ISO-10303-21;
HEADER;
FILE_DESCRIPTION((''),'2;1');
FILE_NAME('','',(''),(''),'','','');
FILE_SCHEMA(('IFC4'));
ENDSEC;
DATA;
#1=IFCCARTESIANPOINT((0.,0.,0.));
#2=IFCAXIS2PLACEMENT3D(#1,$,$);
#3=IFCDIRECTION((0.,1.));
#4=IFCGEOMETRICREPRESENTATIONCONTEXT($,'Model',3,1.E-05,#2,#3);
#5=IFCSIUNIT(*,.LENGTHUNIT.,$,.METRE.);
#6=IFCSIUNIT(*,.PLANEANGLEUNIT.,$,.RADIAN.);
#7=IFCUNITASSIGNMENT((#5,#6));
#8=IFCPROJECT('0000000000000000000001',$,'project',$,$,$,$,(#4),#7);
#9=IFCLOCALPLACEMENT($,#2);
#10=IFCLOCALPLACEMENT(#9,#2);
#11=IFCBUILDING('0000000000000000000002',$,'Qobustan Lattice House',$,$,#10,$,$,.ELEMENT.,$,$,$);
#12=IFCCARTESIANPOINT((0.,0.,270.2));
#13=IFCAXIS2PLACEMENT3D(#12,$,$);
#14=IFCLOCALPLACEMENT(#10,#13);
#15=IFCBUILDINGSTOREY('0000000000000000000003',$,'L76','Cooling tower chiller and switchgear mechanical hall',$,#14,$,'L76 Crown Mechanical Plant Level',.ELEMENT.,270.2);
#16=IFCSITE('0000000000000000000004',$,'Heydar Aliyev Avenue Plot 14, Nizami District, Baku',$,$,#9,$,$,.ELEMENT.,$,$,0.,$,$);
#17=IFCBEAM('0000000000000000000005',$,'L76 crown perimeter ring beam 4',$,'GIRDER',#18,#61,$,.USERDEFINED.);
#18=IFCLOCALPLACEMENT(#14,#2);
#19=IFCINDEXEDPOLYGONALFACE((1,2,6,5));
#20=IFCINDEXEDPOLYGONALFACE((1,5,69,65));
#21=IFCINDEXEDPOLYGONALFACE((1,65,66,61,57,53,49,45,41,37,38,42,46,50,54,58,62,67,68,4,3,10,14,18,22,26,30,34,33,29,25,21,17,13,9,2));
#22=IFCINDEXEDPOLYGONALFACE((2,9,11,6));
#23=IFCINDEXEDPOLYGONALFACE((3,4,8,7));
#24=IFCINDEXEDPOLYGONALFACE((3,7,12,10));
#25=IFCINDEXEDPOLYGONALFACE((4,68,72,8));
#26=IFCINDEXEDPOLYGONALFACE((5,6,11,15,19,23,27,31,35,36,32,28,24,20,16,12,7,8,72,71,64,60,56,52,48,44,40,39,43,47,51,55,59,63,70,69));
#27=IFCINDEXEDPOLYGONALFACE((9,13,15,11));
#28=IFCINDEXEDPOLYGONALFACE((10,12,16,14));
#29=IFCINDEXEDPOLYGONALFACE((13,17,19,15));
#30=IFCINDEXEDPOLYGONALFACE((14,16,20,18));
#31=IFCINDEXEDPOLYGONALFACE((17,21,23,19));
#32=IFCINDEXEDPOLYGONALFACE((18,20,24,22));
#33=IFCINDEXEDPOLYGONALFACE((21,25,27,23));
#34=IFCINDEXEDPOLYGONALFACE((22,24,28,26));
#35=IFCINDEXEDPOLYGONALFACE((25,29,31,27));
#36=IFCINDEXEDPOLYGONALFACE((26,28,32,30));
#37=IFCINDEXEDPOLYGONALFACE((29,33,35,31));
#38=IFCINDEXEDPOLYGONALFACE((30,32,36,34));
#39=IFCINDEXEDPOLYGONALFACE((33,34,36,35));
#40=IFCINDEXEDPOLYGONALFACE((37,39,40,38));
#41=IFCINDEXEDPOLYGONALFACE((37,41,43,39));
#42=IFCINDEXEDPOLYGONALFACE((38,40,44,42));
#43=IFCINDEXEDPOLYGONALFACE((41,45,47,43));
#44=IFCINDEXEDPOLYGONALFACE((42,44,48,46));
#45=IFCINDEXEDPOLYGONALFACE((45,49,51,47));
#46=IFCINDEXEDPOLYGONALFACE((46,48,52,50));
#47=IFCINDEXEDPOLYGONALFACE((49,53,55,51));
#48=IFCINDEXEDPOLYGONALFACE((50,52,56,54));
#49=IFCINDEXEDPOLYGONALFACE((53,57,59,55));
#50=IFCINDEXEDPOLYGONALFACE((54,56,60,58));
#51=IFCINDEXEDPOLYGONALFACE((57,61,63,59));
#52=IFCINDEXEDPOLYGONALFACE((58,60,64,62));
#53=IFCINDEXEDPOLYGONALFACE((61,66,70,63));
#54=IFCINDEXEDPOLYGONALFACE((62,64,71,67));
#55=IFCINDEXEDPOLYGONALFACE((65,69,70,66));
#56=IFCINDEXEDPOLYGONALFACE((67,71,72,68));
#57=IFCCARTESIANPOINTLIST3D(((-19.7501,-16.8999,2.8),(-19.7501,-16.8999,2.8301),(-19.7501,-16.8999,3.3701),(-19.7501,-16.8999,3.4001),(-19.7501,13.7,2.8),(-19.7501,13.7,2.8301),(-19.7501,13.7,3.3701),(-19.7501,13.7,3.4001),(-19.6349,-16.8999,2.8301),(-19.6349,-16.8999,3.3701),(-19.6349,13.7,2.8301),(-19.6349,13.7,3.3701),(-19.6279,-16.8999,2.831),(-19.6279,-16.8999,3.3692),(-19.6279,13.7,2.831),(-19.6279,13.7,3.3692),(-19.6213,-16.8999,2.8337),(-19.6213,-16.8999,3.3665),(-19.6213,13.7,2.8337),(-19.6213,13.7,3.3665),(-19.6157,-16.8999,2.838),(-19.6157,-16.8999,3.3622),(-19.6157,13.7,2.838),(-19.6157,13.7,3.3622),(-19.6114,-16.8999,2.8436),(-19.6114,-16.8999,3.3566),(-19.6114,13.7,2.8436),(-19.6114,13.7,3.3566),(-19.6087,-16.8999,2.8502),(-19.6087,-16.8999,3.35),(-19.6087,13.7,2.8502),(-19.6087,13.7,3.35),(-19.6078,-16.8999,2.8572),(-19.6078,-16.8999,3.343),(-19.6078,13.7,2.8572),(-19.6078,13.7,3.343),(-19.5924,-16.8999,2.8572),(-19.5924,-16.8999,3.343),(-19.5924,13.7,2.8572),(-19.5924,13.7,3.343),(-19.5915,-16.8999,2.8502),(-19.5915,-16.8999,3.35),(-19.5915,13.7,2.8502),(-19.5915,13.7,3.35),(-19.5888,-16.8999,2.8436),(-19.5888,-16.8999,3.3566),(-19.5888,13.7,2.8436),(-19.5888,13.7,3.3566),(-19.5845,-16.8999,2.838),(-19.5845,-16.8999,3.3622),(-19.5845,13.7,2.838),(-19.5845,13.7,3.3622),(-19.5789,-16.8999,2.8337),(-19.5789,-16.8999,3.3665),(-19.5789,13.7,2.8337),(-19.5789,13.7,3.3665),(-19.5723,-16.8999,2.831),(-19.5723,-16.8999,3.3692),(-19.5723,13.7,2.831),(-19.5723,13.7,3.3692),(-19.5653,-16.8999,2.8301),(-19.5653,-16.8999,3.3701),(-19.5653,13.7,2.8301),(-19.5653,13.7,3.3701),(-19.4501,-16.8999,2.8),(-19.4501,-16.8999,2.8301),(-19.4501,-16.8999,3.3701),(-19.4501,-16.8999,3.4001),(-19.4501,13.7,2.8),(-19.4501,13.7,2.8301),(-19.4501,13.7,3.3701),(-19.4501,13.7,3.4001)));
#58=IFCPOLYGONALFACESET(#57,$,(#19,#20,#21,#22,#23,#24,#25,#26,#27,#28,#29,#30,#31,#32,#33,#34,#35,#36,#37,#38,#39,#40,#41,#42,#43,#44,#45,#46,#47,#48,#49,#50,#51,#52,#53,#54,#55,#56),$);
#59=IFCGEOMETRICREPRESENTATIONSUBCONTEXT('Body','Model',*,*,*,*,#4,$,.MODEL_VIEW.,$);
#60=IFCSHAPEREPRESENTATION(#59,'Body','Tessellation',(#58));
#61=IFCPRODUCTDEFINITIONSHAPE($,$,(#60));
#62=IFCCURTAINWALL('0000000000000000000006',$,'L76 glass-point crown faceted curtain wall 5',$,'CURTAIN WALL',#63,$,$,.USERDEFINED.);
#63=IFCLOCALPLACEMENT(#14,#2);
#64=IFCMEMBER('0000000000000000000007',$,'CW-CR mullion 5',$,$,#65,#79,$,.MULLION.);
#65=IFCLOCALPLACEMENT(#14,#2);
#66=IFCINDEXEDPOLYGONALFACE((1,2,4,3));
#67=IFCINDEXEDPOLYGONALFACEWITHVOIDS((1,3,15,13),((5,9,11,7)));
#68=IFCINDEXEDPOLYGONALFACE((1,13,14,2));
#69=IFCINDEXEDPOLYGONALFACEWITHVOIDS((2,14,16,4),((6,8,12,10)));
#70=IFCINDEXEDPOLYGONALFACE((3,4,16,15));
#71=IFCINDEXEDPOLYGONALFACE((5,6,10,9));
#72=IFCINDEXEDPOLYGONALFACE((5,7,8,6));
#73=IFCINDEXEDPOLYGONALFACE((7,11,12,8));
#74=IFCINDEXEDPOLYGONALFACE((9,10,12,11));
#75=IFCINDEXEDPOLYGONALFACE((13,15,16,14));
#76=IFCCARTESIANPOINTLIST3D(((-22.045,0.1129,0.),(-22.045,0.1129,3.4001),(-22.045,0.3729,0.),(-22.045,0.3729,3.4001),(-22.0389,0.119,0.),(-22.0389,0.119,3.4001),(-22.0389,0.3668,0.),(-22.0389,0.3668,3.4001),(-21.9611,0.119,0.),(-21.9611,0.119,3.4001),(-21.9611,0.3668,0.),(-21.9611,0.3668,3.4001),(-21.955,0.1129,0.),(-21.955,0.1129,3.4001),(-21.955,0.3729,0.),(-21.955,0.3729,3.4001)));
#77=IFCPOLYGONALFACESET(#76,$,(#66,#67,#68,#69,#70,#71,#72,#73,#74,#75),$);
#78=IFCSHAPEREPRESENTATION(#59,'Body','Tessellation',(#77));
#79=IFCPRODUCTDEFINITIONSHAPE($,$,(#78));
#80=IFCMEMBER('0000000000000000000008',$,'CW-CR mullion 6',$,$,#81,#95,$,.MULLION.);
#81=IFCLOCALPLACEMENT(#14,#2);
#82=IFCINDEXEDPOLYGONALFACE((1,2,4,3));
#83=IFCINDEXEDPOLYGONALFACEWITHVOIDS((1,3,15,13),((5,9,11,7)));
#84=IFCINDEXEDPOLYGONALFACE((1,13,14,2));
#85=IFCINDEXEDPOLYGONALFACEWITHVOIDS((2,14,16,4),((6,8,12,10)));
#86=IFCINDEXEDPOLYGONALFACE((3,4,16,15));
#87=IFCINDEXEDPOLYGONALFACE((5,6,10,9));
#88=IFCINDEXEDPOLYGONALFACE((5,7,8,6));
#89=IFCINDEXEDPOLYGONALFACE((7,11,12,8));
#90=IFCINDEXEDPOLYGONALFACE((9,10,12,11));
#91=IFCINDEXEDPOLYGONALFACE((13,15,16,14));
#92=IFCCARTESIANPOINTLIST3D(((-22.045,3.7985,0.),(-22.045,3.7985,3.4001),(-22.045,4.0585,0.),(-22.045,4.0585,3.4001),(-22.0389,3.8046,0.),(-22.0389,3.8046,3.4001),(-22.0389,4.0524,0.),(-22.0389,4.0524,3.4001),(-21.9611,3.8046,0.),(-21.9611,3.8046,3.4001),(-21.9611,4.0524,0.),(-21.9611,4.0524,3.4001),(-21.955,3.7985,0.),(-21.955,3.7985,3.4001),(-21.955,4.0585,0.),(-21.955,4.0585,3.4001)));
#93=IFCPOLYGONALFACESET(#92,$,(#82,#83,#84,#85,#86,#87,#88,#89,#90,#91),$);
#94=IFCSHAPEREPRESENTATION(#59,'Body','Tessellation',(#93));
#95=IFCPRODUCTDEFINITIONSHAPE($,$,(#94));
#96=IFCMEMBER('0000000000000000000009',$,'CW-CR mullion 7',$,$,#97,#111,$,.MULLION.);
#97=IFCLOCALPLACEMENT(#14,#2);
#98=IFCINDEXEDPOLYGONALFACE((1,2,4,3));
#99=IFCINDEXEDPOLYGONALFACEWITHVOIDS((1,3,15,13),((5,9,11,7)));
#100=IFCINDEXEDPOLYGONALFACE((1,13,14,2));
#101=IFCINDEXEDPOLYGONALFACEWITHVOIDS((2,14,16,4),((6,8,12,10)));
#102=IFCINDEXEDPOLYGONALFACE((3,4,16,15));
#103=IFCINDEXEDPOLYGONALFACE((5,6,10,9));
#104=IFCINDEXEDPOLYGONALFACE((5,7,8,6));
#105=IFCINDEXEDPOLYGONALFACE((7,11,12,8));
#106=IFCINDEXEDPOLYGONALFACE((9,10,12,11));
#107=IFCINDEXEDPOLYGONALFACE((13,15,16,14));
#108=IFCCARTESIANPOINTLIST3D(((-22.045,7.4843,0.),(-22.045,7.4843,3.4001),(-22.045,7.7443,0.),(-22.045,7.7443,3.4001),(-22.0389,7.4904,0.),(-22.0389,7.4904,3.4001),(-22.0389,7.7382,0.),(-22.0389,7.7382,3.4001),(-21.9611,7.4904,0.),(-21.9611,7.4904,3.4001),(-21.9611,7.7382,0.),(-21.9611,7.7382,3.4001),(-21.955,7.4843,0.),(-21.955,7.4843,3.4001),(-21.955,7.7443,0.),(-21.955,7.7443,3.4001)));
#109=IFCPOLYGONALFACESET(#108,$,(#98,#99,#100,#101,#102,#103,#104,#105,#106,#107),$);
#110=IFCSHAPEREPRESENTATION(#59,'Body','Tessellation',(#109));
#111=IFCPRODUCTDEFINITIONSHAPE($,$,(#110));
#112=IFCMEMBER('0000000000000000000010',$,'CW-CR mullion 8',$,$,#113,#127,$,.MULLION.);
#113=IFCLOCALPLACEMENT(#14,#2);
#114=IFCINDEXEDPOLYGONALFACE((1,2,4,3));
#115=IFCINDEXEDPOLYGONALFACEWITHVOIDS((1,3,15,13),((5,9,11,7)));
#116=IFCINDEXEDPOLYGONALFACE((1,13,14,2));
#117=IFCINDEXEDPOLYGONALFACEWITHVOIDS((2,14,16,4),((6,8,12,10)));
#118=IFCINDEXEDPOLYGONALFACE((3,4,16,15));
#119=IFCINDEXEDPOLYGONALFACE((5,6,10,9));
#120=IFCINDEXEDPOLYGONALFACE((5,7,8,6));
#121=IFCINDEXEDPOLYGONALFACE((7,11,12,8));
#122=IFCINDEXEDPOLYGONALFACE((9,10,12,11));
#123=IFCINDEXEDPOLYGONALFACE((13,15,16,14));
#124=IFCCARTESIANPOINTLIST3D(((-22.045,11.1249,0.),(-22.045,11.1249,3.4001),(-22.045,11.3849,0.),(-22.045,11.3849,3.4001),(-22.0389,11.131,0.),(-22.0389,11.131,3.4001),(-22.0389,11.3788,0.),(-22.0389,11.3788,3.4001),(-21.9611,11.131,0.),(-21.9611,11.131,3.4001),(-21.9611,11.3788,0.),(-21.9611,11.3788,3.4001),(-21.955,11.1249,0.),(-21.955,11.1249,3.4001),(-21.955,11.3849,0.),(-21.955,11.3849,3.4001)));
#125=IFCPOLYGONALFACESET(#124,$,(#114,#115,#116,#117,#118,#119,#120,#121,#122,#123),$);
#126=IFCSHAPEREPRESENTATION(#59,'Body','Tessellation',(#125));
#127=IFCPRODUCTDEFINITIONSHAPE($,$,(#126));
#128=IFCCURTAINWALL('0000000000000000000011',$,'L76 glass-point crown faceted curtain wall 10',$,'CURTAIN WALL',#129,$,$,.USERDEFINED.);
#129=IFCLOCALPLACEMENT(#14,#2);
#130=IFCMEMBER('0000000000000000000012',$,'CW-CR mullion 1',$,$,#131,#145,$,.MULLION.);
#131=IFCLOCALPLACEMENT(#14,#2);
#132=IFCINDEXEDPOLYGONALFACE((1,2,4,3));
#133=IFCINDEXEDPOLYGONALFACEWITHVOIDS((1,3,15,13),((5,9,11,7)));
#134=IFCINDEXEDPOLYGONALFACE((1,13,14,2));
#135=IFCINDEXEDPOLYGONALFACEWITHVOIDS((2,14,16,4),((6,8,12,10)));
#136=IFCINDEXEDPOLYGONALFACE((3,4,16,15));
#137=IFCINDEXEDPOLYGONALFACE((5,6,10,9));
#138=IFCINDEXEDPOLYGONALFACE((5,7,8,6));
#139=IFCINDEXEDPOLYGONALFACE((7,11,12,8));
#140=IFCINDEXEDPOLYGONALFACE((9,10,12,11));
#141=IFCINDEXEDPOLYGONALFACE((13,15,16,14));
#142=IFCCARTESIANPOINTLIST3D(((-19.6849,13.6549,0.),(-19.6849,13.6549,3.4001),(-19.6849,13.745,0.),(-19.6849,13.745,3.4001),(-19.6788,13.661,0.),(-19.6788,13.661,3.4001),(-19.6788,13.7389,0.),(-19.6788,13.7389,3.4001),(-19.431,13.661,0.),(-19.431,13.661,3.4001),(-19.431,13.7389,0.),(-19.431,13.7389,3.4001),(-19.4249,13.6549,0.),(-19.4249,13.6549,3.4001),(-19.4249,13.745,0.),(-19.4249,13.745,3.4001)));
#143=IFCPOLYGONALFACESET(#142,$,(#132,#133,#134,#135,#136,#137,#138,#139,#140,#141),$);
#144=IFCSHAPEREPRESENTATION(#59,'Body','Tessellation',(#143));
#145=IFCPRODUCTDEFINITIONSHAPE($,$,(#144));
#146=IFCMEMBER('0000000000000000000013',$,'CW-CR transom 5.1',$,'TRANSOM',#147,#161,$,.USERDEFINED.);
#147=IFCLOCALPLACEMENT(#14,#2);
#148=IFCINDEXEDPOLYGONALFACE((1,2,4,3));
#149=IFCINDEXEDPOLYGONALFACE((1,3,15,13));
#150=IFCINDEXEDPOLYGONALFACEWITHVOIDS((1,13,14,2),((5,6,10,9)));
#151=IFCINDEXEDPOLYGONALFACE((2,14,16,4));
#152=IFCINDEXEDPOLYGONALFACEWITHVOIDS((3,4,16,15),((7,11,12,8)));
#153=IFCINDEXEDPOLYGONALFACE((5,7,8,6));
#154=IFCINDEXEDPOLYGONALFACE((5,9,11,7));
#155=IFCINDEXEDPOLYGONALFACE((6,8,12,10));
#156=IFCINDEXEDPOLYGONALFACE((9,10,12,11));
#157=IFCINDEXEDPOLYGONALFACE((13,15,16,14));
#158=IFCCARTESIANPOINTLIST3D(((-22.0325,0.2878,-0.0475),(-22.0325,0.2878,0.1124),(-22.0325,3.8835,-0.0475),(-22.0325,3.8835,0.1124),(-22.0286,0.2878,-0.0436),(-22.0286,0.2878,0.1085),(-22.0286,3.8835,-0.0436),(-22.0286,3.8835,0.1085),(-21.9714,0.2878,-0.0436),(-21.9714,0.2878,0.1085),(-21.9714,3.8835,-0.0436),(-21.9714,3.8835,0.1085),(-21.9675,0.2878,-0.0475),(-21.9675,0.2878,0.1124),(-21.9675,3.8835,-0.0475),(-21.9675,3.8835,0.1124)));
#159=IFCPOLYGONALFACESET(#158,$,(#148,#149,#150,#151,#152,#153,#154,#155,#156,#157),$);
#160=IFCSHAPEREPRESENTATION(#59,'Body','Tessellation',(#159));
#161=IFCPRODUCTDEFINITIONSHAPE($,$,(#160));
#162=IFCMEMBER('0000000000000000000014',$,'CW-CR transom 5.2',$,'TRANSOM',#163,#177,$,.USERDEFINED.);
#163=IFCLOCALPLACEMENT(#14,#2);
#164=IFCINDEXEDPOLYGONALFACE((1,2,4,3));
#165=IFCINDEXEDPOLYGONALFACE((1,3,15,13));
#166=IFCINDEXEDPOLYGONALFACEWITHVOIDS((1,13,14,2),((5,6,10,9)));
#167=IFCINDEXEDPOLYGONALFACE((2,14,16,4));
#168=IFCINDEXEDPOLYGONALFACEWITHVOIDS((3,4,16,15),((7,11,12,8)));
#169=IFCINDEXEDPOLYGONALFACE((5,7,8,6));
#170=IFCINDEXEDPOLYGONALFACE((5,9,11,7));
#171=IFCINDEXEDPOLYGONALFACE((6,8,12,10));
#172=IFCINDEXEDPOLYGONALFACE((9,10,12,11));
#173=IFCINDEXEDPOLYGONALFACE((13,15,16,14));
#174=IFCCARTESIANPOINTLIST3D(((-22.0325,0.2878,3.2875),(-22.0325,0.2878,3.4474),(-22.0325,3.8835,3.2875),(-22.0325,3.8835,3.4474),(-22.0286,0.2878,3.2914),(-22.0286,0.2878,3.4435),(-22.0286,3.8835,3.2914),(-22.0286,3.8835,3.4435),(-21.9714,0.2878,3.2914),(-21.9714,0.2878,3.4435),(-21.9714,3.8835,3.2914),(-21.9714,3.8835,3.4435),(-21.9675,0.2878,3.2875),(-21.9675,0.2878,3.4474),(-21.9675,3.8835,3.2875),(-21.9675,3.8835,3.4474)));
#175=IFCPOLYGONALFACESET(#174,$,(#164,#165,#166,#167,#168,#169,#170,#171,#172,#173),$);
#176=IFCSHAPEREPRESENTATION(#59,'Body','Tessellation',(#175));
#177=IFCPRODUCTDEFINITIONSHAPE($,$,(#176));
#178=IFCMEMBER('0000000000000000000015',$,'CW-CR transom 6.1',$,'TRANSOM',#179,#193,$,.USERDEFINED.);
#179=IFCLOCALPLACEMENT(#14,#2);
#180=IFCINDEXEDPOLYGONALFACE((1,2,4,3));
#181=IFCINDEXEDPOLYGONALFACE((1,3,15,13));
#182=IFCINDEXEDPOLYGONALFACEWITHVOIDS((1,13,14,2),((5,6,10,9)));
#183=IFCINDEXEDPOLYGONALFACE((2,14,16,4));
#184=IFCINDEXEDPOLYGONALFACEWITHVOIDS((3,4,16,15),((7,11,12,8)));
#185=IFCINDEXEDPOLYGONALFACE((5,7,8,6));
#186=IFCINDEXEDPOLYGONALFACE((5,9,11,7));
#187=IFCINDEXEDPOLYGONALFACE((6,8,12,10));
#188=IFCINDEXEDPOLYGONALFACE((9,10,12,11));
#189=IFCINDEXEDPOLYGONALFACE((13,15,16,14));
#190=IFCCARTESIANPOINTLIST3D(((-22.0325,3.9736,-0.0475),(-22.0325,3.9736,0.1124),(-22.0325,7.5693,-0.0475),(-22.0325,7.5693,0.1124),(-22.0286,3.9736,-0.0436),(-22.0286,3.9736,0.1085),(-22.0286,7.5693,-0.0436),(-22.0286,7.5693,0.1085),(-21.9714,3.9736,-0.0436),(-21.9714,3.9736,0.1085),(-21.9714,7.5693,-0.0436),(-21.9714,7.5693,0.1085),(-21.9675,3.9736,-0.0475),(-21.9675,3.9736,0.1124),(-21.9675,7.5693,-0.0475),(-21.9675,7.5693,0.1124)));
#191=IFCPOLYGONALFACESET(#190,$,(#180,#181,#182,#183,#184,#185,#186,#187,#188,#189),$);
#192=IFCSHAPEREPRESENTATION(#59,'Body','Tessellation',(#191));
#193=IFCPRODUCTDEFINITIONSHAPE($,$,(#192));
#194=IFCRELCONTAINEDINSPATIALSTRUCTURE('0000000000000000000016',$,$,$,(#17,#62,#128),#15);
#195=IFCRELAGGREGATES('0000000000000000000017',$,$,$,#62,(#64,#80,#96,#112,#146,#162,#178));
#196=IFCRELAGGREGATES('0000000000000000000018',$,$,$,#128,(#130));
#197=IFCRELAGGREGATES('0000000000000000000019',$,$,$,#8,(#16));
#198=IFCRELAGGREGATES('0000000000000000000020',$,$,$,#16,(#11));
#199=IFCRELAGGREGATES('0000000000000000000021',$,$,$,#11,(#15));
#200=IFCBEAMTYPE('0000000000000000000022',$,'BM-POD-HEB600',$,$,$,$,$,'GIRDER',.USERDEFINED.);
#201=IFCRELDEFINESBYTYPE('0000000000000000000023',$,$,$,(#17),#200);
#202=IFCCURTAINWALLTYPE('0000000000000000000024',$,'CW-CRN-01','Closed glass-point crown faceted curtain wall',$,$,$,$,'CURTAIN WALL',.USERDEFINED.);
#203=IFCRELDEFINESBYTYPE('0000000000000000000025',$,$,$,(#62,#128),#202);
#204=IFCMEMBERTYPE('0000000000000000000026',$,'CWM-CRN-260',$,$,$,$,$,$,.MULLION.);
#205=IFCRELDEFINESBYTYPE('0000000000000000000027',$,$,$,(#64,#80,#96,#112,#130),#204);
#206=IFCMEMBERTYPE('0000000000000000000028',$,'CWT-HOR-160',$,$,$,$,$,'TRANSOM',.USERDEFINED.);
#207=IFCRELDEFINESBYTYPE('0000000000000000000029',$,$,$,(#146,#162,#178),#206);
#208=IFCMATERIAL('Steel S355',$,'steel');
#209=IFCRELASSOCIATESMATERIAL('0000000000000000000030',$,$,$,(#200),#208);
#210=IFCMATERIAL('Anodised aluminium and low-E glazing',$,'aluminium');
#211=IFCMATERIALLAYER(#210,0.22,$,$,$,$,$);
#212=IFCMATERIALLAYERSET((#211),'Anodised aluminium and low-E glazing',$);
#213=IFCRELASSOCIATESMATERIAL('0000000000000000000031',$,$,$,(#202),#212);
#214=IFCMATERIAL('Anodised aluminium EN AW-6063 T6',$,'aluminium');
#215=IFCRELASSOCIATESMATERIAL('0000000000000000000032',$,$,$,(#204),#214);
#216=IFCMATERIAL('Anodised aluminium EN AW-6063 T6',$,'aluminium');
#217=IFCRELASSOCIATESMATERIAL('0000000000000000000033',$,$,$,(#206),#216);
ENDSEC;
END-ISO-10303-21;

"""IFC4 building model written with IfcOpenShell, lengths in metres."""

from ifc_helpers import new_model, si_unit, direction, frame, origin, origin_2d, place, context, subcontext, project, spatial, hollow_rectangle, i_section, extrude, material, layer, layer_set, material_profile, profile_set, type_object, element, aggregate, save


model = new_model("IFC4")

# Units and contexts
model_context = context("Model", 3, precision=1e-05, world=origin(), true_north=direction((0.0, 1.0)))
body_context = subcontext(model_context, "Body", "Model", "MODEL_VIEW")
ifc_project = project(units=[si_unit("LENGTHUNIT", "METRE"), si_unit("PLANEANGLEUNIT", "RADIAN")], contexts=[model_context])

# Site, building, storey
site_placement = place(None, origin())
site = spatial("IfcSite", under=ifc_project, at=site_placement, Name="Heydar Aliyev Avenue Plot 14, Nizami District, Baku", CompositionType="ELEMENT", RefElevation=0.0)
building_placement = place(site_placement, origin())
building = spatial("IfcBuilding", under=site, at=building_placement, Name="Qobustan Lattice House", CompositionType="ELEMENT")
storey_placement = place(building_placement, frame((0.0, 0.0, 270.2)))
storey = spatial("IfcBuildingStorey", under=building, at=storey_placement, Name="L76", Description="Cooling tower chiller and switchgear mechanical hall", LongName="L76 Crown Mechanical Plant Level", CompositionType="ELEMENT", Elevation=270.2)

# Beam
ifc_material_1 = material(Name="Steel S355", Category="steel")
ifc_material_profile_1 = material_profile(ifc_material_1, i_section(OverallWidth=0.3, OverallDepth=0.6001, WebThickness=0.0154, FlangeThickness=0.03, FilletRadius=0.0271, at=origin_2d()), Name="HEB600")
ifc_profile_set_1 = profile_set([ifc_material_profile_1], Name="Steel S355")
beam_type = type_object("IfcBeamType", Name="BM-POD-HEB600", ElementType="GIRDER", PredefinedType="USERDEFINED", material=ifc_profile_set_1)
beam_placement = place(storey_placement, frame((-19.6001, 13.7, 3.1001), z_axis=(0.0, -1.0, 0.0), x_axis=(1.0, 0.0, 0.0)))
element("IfcBeam", 1, at=beam_placement, inside=storey, type_object=beam_type, Name="L76 crown perimeter ring beam 4", ObjectType="GIRDER", PredefinedType="USERDEFINED", context=body_context, shape_type="SweptSolid", body=[
    extrude(i_section(OverallWidth=0.3, OverallDepth=0.6001, WebThickness=0.0154, FlangeThickness=0.03, FilletRadius=0.0271, at=origin_2d()), origin(), (0.0, 0.0, 1.0), 30.5999),
])

# Curtain wall, members
ifc_material_2 = material(Name="Anodised aluminium and low-E glazing", Category="aluminium")
ifc_layer_1 = layer(ifc_material_2, 0.22)
ifc_layer_set_1 = layer_set([ifc_layer_1], Name="Anodised aluminium and low-E glazing")
curtain_wall_type = type_object("IfcCurtainWallType", Name="CW-CRN-01", Description="Closed glass-point crown faceted curtain wall", ElementType="CURTAIN WALL", PredefinedType="USERDEFINED", material=ifc_layer_set_1)
curtain_wall_1_placement = place(storey_placement, origin())
curtain_wall_1 = element("IfcCurtainWall", 2, at=curtain_wall_1_placement, inside=storey, type_object=curtain_wall_type, Name="L76 glass-point crown faceted curtain wall 5", ObjectType="CURTAIN WALL", PredefinedType="USERDEFINED")
ifc_material_3 = material(Name="Anodised aluminium EN AW-6063 T6", Category="aluminium")
ifc_material_profile_2 = material_profile(ifc_material_3, hollow_rectangle(XDim=0.0901, YDim=0.26, WallThickness=0.0061, at=origin_2d()), Name="CWM-CROWN-260x90")
ifc_profile_set_2 = profile_set([ifc_material_profile_2], Name="Anodised aluminium EN AW-6063 T6")
member_type_1 = type_object("IfcMemberType", Name="CWM-CRN-260", PredefinedType="MULLION", material=ifc_profile_set_2)
member_1_placement = place(storey_placement, frame((-22.0, 0.2429, 0.0), z_axis=(0.0, 0.0, 1.0), x_axis=(-1.0, 0.0, 0.0)))
member_1 = element("IfcMember", 3, at=member_1_placement, type_object=member_type_1, Name="CW-CR mullion 5", PredefinedType="MULLION", context=body_context, shape_type="SweptSolid", body=[
    extrude(hollow_rectangle(XDim=0.0901, YDim=0.26, WallThickness=0.0061, at=origin_2d()), origin(), (0.0, 0.0, 1.0), 3.4001),
])
member_2_placement = place(storey_placement, frame((-22.0, 3.9285, 0.0), z_axis=(0.0, 0.0, 1.0), x_axis=(-1.0, 0.0, 0.0)))
member_2 = element("IfcMember", 4, at=member_2_placement, type_object=member_type_1, Name="CW-CR mullion 6", PredefinedType="MULLION", context=body_context, shape_type="SweptSolid", body=[
    extrude(hollow_rectangle(XDim=0.0901, YDim=0.26, WallThickness=0.0061, at=origin_2d()), origin(), (0.0, 0.0, 1.0), 3.4001),
])
member_3_placement = place(storey_placement, frame((-22.0, 7.6143, 0.0), z_axis=(0.0, 0.0, 1.0), x_axis=(-1.0, 0.0, 0.0)))
member_3 = element("IfcMember", 5, at=member_3_placement, type_object=member_type_1, Name="CW-CR mullion 7", PredefinedType="MULLION", context=body_context, shape_type="SweptSolid", body=[
    extrude(hollow_rectangle(XDim=0.0901, YDim=0.26, WallThickness=0.0061, at=origin_2d()), origin(), (0.0, 0.0, 1.0), 3.4001),
])
member_4_placement = place(storey_placement, frame((-22.0, 11.2549, 0.0), z_axis=(0.0, 0.0, 1.0), x_axis=(-1.0, 0.0, 0.0)))
member_4 = element("IfcMember", 6, at=member_4_placement, type_object=member_type_1, Name="CW-CR mullion 8", PredefinedType="MULLION", context=body_context, shape_type="SweptSolid", body=[
    extrude(hollow_rectangle(XDim=0.0901, YDim=0.26, WallThickness=0.0061, at=origin_2d()), origin(), (0.0, 0.0, 1.0), 3.4001),
])

# Curtain wall, member
curtain_wall_2_placement = place(storey_placement, origin())
curtain_wall_2 = element("IfcCurtainWall", 7, at=curtain_wall_2_placement, inside=storey, type_object=curtain_wall_type, Name="L76 glass-point crown faceted curtain wall 10", ObjectType="CURTAIN WALL", PredefinedType="USERDEFINED")
member_5_placement = place(storey_placement, frame((-19.5549, 13.7, 0.0), z_axis=(0.0, 0.0, 1.0), x_axis=(0.0, 1.0, 0.0)))
member_5 = element("IfcMember", 8, at=member_5_placement, type_object=member_type_1, Name="CW-CR mullion 1", PredefinedType="MULLION", context=body_context, shape_type="SweptSolid", body=[
    extrude(hollow_rectangle(XDim=0.0901, YDim=0.26, WallThickness=0.0061, at=origin_2d()), origin(), (0.0, 0.0, 1.0), 3.4001),
])

# Members
ifc_material_4 = material(Name="Anodised aluminium EN AW-6063 T6", Category="aluminium")
ifc_material_profile_3 = material_profile(ifc_material_4, hollow_rectangle(XDim=0.0649, YDim=0.1599, WallThickness=0.0039, at=origin_2d()), Name="CWT-160x65")
ifc_profile_set_3 = profile_set([ifc_material_profile_3], Name="Anodised aluminium EN AW-6063 T6")
member_type_2 = type_object("IfcMemberType", Name="CWT-HOR-160", ElementType="TRANSOM", PredefinedType="USERDEFINED", material=ifc_profile_set_3)
member_6_placement = place(storey_placement, frame((-22.0, 0.2878, 0.0325), z_axis=(0.0, 1.0, 0.0), x_axis=(-1.0, 0.0, 0.0)))
member_6 = element("IfcMember", 9, at=member_6_placement, type_object=member_type_2, Name="CW-CR transom 5.1", ObjectType="TRANSOM", PredefinedType="USERDEFINED", context=body_context, shape_type="SweptSolid", body=[
    extrude(hollow_rectangle(XDim=0.0649, YDim=0.1599, WallThickness=0.0039, at=origin_2d()), origin(), (0.0, 0.0, 1.0), 3.5957),
])
member_7_placement = place(storey_placement, frame((-22.0, 0.2878, 3.3674), z_axis=(0.0, 1.0, 0.0), x_axis=(-1.0, 0.0, 0.0)))
member_7 = element("IfcMember", 10, at=member_7_placement, type_object=member_type_2, Name="CW-CR transom 5.2", ObjectType="TRANSOM", PredefinedType="USERDEFINED", context=body_context, shape_type="SweptSolid", body=[
    extrude(hollow_rectangle(XDim=0.0649, YDim=0.1599, WallThickness=0.0039, at=origin_2d()), origin(), (0.0, 0.0, 1.0), 3.5957),
])
member_8_placement = place(storey_placement, frame((-22.0, 3.9736, 0.0325), z_axis=(0.0, 1.0, 0.0), x_axis=(-1.0, 0.0, 0.0)))
member_8 = element("IfcMember", 11, at=member_8_placement, type_object=member_type_2, Name="CW-CR transom 6.1", ObjectType="TRANSOM", PredefinedType="USERDEFINED", context=body_context, shape_type="SweptSolid", body=[
    extrude(hollow_rectangle(XDim=0.0649, YDim=0.1599, WallThickness=0.0039, at=origin_2d()), origin(), (0.0, 0.0, 1.0), 3.5957),
])

aggregate(curtain_wall_1, [member_1, member_2, member_3, member_4, member_6, member_7, member_8])
aggregate(curtain_wall_2, [member_5])

save(model, "model.ifc")
